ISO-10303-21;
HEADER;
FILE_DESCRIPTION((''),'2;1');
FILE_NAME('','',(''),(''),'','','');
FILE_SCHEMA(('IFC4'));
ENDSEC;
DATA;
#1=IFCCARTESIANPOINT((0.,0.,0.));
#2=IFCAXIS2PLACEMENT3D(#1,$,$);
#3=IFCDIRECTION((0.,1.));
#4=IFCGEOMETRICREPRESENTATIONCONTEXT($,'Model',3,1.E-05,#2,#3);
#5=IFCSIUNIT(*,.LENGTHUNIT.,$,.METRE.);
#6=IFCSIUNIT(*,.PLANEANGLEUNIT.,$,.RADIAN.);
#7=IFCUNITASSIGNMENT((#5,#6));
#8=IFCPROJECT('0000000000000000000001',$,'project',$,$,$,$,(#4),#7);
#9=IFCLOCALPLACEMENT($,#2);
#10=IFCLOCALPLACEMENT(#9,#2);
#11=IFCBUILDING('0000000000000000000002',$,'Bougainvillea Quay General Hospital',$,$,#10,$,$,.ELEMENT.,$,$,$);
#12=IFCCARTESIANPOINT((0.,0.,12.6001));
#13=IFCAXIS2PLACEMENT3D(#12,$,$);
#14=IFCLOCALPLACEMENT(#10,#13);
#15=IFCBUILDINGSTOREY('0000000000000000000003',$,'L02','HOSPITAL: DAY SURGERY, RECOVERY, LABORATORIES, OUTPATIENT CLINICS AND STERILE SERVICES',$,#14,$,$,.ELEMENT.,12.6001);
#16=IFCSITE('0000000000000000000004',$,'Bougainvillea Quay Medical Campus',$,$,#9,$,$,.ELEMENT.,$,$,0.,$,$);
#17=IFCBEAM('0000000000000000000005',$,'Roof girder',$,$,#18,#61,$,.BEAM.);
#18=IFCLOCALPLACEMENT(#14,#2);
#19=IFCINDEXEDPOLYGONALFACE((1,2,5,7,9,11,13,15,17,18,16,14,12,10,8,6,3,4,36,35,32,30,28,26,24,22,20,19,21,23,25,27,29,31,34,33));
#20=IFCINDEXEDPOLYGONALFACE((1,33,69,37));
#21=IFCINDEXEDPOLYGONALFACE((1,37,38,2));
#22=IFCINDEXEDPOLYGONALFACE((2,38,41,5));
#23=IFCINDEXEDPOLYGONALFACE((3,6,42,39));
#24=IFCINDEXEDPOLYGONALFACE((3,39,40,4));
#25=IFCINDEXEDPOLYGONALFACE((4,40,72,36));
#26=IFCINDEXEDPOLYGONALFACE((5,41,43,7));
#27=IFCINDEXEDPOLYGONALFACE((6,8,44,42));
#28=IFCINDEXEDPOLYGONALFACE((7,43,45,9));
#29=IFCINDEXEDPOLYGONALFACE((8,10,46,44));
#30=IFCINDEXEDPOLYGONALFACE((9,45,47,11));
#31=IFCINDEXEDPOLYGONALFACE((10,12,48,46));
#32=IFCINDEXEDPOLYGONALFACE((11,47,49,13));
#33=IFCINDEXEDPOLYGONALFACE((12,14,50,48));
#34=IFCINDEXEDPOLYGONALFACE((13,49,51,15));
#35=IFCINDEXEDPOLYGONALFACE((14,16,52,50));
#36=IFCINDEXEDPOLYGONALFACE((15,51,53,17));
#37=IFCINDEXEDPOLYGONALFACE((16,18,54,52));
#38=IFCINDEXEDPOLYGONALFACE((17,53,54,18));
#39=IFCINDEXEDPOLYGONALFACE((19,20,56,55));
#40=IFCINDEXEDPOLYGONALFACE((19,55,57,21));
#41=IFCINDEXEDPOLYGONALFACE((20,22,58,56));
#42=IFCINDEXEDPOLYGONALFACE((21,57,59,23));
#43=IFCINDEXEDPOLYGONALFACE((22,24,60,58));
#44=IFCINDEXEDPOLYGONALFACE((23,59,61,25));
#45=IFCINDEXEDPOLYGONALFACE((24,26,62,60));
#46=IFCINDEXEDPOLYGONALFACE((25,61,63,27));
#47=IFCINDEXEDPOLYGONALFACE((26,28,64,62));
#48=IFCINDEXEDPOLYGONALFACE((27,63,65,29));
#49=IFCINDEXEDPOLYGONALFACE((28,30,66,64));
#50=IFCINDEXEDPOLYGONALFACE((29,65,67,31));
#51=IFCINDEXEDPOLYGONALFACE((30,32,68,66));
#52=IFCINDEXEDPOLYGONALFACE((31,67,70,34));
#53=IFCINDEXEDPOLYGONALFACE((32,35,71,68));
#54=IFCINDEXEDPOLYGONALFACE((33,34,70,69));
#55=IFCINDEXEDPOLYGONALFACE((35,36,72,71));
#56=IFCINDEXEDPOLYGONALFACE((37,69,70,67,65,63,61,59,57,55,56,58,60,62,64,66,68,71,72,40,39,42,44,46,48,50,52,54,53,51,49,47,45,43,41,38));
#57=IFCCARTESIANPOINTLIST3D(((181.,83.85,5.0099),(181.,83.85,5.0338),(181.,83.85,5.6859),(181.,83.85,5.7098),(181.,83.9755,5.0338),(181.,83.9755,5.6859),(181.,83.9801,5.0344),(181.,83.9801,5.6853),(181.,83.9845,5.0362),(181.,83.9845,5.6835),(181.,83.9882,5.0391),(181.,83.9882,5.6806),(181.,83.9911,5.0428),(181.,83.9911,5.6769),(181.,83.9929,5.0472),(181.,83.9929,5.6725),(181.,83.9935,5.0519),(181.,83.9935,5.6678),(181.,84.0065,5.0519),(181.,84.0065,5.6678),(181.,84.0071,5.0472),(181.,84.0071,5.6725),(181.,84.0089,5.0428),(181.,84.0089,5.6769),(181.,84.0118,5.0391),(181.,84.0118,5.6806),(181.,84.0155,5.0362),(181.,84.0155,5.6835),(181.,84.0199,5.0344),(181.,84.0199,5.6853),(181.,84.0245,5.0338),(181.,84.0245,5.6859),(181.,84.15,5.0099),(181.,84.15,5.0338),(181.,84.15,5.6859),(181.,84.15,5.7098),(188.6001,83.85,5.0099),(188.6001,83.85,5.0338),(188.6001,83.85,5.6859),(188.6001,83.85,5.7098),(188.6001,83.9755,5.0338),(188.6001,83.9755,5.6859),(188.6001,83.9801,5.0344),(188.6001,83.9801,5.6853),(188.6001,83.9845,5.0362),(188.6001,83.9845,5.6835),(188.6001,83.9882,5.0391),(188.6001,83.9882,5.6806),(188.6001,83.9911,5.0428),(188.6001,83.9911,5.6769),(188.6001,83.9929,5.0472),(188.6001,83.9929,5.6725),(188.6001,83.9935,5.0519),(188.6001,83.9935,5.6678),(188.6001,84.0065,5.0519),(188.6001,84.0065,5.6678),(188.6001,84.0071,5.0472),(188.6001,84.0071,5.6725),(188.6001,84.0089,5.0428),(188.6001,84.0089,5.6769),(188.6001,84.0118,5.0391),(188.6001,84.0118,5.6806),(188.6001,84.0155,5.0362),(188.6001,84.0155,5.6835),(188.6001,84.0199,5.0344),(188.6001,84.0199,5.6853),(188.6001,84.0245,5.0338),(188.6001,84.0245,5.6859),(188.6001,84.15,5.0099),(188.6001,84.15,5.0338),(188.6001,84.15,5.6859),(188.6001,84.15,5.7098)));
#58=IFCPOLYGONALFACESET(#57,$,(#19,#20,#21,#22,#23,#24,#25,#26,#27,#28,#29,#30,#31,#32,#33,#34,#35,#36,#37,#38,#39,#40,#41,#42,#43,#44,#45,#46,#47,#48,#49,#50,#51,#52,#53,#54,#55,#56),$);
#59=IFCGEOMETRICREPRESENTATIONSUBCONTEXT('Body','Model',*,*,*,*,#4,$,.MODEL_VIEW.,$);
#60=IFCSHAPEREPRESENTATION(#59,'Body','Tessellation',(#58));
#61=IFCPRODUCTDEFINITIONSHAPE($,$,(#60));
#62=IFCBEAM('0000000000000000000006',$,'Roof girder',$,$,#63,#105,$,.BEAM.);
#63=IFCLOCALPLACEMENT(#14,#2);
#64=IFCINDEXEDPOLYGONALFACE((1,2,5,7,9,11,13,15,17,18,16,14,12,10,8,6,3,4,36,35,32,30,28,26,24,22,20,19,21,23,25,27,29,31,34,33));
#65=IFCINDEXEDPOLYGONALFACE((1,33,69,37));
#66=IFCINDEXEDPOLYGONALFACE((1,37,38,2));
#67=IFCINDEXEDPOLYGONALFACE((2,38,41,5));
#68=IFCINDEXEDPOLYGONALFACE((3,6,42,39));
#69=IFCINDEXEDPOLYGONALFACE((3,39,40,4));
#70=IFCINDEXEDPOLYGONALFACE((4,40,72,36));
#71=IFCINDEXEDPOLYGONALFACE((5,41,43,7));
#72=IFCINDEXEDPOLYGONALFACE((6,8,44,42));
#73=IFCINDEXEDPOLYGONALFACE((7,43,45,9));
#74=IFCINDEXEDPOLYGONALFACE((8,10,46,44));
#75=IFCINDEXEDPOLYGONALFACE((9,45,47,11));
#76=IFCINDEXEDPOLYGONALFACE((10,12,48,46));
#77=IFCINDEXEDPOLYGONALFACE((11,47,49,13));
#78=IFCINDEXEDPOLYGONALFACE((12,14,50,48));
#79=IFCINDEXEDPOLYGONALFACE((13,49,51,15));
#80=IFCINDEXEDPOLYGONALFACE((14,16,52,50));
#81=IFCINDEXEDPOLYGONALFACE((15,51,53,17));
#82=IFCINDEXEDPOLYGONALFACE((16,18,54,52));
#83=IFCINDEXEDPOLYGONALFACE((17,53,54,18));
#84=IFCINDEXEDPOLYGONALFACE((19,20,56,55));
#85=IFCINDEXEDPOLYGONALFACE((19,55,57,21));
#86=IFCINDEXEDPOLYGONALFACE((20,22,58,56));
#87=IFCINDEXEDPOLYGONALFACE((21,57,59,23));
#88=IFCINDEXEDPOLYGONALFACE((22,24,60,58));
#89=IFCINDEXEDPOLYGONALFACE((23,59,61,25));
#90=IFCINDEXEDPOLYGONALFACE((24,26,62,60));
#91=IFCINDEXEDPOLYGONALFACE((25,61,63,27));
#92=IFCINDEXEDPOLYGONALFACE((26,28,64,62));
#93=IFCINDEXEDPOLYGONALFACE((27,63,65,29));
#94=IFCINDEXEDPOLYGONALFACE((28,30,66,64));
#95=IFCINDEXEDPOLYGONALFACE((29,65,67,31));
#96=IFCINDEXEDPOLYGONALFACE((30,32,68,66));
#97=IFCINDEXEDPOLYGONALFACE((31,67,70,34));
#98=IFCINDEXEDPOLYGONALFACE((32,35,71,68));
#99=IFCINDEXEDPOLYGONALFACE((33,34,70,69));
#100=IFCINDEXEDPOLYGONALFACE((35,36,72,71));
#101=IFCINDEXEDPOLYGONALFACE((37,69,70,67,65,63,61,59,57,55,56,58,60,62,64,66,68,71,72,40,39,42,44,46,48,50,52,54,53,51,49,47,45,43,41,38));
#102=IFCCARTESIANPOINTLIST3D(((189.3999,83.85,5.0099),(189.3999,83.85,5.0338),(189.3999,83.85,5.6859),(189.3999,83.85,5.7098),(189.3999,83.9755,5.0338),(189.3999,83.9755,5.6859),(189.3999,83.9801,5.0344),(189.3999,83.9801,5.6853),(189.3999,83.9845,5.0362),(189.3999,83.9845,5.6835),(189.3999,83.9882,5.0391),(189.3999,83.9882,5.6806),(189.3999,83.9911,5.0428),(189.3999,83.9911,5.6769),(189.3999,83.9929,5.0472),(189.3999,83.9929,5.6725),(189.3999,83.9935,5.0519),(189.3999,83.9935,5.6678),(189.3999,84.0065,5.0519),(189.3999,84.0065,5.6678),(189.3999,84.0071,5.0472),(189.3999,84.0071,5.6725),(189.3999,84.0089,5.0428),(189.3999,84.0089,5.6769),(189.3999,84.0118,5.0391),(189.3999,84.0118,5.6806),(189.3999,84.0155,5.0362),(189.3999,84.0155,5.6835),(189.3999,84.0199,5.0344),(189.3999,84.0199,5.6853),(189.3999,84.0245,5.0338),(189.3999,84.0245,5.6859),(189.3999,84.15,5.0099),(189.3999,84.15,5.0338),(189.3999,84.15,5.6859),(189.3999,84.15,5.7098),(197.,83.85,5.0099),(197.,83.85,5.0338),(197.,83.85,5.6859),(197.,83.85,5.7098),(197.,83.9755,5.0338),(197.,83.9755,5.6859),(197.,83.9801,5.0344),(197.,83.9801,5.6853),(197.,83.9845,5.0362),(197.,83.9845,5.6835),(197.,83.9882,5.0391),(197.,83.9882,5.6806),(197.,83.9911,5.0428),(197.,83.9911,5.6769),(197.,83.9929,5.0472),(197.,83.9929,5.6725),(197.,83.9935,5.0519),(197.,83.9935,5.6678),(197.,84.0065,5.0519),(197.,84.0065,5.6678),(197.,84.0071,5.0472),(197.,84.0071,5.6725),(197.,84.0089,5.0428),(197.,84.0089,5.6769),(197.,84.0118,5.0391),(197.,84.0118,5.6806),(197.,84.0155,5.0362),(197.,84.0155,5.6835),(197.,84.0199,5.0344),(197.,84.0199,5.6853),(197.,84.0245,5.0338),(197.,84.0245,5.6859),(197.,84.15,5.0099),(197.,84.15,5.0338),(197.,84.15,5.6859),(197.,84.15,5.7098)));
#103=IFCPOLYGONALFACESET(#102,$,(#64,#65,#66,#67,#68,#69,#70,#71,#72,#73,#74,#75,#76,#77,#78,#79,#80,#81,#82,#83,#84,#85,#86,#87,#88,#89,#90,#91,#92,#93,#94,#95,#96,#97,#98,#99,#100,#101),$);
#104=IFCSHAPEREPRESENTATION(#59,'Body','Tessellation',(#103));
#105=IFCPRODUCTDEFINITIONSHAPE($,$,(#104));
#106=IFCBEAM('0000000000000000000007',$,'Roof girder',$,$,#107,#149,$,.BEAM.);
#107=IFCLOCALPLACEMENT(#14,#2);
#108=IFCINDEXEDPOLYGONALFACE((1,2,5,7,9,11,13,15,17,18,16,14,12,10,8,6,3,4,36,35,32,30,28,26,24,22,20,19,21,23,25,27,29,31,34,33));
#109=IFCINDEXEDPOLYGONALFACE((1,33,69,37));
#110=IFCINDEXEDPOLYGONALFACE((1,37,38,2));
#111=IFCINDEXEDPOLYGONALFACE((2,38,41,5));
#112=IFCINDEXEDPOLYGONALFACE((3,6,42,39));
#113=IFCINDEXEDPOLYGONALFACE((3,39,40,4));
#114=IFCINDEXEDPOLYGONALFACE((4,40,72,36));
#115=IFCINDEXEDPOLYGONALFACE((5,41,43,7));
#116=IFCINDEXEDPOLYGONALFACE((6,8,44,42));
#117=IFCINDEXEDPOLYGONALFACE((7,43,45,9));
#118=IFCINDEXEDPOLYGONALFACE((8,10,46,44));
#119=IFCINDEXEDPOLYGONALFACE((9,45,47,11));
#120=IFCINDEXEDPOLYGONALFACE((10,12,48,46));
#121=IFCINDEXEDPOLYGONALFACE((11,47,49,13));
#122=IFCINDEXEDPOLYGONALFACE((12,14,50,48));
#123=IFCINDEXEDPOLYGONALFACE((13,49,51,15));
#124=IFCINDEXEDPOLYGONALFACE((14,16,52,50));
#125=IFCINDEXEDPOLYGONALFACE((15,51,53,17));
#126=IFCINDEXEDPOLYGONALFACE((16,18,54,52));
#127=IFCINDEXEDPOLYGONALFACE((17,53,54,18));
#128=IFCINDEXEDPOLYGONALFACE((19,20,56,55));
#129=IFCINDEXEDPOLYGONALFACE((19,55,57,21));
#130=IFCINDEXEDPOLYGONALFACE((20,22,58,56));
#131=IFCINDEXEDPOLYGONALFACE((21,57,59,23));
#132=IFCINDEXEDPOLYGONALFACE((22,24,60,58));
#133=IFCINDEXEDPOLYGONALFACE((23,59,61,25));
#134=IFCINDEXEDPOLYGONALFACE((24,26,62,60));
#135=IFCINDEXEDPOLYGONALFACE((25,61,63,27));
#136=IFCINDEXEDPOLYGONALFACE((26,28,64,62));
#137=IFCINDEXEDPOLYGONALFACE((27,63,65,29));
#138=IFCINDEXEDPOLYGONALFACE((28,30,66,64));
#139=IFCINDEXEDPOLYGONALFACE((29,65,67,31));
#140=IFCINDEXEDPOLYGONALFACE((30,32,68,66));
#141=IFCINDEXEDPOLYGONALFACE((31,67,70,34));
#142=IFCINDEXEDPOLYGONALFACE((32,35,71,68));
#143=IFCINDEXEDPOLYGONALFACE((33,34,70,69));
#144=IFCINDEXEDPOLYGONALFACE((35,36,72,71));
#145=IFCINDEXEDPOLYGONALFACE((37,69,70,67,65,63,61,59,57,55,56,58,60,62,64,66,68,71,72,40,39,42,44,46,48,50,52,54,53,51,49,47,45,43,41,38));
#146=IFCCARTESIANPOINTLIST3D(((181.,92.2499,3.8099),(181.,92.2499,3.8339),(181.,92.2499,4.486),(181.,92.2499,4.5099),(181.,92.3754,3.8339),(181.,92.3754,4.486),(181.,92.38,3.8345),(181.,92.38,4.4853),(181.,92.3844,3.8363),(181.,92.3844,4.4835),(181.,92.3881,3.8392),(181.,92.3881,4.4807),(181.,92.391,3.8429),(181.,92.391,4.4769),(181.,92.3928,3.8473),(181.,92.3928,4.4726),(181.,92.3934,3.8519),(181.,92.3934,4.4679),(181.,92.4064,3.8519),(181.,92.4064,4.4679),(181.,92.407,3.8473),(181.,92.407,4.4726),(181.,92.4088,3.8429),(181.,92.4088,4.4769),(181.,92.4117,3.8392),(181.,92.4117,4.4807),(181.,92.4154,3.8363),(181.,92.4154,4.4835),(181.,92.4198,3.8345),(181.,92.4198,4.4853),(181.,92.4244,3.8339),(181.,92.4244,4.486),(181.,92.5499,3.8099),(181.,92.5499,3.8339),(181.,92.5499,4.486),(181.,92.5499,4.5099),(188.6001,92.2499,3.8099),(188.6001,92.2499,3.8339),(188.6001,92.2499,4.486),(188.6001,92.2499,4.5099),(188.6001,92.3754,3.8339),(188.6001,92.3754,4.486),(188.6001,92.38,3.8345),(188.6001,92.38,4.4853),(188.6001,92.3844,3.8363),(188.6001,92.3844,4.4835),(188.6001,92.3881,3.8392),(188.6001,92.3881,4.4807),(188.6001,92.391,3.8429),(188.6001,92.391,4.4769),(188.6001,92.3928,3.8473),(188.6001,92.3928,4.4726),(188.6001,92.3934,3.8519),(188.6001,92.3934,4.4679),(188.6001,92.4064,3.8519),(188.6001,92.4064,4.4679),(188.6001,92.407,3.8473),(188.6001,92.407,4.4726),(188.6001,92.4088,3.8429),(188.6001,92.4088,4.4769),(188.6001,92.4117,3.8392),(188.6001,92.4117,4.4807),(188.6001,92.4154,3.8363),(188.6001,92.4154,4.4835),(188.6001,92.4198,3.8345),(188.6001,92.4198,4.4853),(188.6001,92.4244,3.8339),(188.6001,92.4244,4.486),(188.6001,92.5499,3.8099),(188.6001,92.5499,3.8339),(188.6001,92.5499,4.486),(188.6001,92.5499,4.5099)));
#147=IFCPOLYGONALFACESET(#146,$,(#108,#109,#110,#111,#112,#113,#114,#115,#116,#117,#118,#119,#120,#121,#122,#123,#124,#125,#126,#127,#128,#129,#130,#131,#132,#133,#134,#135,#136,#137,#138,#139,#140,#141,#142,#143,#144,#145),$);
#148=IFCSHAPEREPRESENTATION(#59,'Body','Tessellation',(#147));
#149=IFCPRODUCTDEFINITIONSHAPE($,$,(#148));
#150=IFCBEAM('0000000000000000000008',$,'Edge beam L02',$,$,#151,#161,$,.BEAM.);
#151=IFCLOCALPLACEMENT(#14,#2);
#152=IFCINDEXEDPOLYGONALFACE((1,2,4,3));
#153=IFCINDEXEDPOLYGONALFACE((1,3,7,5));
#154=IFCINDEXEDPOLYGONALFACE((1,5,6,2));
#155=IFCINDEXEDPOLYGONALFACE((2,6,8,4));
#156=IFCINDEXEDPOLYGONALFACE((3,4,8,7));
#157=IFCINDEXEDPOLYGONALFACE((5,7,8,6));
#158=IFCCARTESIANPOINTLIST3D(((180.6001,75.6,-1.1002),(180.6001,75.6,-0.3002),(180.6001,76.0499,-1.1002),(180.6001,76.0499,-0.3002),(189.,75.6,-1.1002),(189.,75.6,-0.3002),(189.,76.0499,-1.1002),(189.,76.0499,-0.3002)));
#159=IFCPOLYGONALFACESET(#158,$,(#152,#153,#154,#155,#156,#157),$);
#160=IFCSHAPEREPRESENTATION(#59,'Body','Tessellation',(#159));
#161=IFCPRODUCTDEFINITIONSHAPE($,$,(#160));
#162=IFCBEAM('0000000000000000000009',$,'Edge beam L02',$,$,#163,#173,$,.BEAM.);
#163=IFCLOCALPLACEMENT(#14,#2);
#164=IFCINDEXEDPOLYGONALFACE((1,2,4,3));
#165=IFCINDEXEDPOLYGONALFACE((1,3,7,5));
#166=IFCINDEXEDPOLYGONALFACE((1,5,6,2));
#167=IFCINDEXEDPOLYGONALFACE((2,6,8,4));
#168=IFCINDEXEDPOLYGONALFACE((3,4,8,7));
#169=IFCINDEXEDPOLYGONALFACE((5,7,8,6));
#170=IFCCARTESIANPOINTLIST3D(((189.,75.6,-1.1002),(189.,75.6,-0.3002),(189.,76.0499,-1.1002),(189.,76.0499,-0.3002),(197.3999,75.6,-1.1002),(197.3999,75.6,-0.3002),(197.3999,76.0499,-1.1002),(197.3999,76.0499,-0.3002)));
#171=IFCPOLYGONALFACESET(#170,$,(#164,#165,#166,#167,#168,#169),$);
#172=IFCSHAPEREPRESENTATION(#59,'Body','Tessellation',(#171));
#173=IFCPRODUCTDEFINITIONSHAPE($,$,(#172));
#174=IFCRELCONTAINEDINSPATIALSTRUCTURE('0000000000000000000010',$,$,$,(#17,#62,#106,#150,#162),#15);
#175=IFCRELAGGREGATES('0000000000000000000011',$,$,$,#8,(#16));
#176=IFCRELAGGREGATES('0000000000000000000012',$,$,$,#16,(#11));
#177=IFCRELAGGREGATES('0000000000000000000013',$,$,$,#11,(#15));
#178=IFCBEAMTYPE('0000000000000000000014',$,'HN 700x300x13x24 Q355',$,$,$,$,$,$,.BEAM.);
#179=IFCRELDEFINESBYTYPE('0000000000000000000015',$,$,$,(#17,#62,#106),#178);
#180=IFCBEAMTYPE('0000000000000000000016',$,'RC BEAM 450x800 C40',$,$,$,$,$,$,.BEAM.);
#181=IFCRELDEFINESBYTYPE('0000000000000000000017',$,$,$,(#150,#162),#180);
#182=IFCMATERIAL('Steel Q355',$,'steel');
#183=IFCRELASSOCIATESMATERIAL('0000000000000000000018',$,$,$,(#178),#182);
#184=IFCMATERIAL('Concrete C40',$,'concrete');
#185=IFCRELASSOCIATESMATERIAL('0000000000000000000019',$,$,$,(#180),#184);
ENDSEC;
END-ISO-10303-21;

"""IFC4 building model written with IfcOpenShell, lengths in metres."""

from ifc_helpers import new_model, si_unit, direction, frame, origin, origin_2d, place, context, subcontext, project, spatial, rectangle, i_section, extrude, material, material_profile, profile_set, type_object, element, save


model = new_model("IFC4")

# Units and contexts
model_context = context("Model", 3, precision=1e-05, world=origin(), true_north=direction((0.0, 1.0)))
body_context = subcontext(model_context, "Body", "Model", "MODEL_VIEW")
ifc_project = project(units=[si_unit("LENGTHUNIT", "METRE"), si_unit("PLANEANGLEUNIT", "RADIAN")], contexts=[model_context])

# Site, building, storey
site_placement = place(None, origin())
site = spatial("IfcSite", under=ifc_project, at=site_placement, Name="Bougainvillea Quay Medical Campus", CompositionType="ELEMENT", RefElevation=0.0)
building_placement = place(site_placement, origin())
building = spatial("IfcBuilding", under=site, at=building_placement, Name="Bougainvillea Quay General Hospital", CompositionType="ELEMENT")
storey_placement = place(building_placement, frame((0.0, 0.0, 12.6001)))
storey = spatial("IfcBuildingStorey", under=building, at=storey_placement, Name="L02", Description="HOSPITAL: DAY SURGERY, RECOVERY, LABORATORIES, OUTPATIENT CLINICS AND STERILE SERVICES", CompositionType="ELEMENT", Elevation=12.6001)

# Shared definitions
ifc_material_1 = material(Name="Concrete C40", Category="concrete")

# Beams
ifc_material_2 = material(Name="Steel Q355", Category="steel")
ifc_material_profile_1 = material_profile(ifc_material_2, i_section(OverallWidth=0.3, OverallDepth=0.7, WebThickness=0.0129, FlangeThickness=0.0239, FilletRadius=0.0181, at=origin_2d()))
ifc_profile_set_1 = profile_set([ifc_material_profile_1], Name="Steel Q355")
beam_type_1 = type_object("IfcBeamType", Name="HN 700x300x13x24 Q355", PredefinedType="BEAM", material=ifc_profile_set_1)
for number, where, z_axis, x_axis, name in (
    (1, (181.0, 84.0, 5.3599), (1.0, 0.0, 0.0), (0.0, 1.0, 0.0), "Roof girder"),
    (2, (189.3999, 84.0, 5.3599), (1.0, 0.0, 0.0), (0.0, 1.0, 0.0), "Roof girder"),
    (3, (181.0, 92.3999, 4.1599), (1.0, 0.0, 0.0), (0.0, 1.0, 0.0), "Roof girder"),
):
    element("IfcBeam", number, at=place(storey_placement, frame(where, z_axis=z_axis, x_axis=x_axis)), inside=storey, type_object=beam_type_1, Name=name, PredefinedType="BEAM", context=body_context, shape_type="SweptSolid", body=[
        extrude(i_section(OverallWidth=0.3, OverallDepth=0.7, WebThickness=0.0129, FlangeThickness=0.0239, FilletRadius=0.0181, at=origin_2d()), origin(), (0.0, 0.0, 1.0), 7.6001),
    ])
ifc_material_profile_2 = material_profile(ifc_material_1, rectangle(XDim=0.45, YDim=0.8, at=origin_2d()))
ifc_profile_set_2 = profile_set([ifc_material_profile_2], Name="Concrete C40")
beam_type_2 = type_object("IfcBeamType", Name="RC BEAM 450x800 C40", PredefinedType="BEAM", material=ifc_profile_set_2)
for number, where, z_axis, x_axis, name in (
    (4, (180.6001, 75.825, -0.7002), (1.0, 0.0, 0.0), (0.0, 1.0, 0.0), "Edge beam L02"),
    (5, (189.0, 75.825, -0.7002), (1.0, 0.0, 0.0), (0.0, 1.0, 0.0), "Edge beam L02"),
):
    element("IfcBeam", number, at=place(storey_placement, frame(where, z_axis=z_axis, x_axis=x_axis)), inside=storey, type_object=beam_type_2, Name=name, PredefinedType="BEAM", context=body_context, shape_type="SweptSolid", body=[
        extrude(rectangle(XDim=0.45, YDim=0.8, at=origin_2d()), origin(), (0.0, 0.0, 1.0), 8.3999),
    ])

save(model, "model.ifc")
